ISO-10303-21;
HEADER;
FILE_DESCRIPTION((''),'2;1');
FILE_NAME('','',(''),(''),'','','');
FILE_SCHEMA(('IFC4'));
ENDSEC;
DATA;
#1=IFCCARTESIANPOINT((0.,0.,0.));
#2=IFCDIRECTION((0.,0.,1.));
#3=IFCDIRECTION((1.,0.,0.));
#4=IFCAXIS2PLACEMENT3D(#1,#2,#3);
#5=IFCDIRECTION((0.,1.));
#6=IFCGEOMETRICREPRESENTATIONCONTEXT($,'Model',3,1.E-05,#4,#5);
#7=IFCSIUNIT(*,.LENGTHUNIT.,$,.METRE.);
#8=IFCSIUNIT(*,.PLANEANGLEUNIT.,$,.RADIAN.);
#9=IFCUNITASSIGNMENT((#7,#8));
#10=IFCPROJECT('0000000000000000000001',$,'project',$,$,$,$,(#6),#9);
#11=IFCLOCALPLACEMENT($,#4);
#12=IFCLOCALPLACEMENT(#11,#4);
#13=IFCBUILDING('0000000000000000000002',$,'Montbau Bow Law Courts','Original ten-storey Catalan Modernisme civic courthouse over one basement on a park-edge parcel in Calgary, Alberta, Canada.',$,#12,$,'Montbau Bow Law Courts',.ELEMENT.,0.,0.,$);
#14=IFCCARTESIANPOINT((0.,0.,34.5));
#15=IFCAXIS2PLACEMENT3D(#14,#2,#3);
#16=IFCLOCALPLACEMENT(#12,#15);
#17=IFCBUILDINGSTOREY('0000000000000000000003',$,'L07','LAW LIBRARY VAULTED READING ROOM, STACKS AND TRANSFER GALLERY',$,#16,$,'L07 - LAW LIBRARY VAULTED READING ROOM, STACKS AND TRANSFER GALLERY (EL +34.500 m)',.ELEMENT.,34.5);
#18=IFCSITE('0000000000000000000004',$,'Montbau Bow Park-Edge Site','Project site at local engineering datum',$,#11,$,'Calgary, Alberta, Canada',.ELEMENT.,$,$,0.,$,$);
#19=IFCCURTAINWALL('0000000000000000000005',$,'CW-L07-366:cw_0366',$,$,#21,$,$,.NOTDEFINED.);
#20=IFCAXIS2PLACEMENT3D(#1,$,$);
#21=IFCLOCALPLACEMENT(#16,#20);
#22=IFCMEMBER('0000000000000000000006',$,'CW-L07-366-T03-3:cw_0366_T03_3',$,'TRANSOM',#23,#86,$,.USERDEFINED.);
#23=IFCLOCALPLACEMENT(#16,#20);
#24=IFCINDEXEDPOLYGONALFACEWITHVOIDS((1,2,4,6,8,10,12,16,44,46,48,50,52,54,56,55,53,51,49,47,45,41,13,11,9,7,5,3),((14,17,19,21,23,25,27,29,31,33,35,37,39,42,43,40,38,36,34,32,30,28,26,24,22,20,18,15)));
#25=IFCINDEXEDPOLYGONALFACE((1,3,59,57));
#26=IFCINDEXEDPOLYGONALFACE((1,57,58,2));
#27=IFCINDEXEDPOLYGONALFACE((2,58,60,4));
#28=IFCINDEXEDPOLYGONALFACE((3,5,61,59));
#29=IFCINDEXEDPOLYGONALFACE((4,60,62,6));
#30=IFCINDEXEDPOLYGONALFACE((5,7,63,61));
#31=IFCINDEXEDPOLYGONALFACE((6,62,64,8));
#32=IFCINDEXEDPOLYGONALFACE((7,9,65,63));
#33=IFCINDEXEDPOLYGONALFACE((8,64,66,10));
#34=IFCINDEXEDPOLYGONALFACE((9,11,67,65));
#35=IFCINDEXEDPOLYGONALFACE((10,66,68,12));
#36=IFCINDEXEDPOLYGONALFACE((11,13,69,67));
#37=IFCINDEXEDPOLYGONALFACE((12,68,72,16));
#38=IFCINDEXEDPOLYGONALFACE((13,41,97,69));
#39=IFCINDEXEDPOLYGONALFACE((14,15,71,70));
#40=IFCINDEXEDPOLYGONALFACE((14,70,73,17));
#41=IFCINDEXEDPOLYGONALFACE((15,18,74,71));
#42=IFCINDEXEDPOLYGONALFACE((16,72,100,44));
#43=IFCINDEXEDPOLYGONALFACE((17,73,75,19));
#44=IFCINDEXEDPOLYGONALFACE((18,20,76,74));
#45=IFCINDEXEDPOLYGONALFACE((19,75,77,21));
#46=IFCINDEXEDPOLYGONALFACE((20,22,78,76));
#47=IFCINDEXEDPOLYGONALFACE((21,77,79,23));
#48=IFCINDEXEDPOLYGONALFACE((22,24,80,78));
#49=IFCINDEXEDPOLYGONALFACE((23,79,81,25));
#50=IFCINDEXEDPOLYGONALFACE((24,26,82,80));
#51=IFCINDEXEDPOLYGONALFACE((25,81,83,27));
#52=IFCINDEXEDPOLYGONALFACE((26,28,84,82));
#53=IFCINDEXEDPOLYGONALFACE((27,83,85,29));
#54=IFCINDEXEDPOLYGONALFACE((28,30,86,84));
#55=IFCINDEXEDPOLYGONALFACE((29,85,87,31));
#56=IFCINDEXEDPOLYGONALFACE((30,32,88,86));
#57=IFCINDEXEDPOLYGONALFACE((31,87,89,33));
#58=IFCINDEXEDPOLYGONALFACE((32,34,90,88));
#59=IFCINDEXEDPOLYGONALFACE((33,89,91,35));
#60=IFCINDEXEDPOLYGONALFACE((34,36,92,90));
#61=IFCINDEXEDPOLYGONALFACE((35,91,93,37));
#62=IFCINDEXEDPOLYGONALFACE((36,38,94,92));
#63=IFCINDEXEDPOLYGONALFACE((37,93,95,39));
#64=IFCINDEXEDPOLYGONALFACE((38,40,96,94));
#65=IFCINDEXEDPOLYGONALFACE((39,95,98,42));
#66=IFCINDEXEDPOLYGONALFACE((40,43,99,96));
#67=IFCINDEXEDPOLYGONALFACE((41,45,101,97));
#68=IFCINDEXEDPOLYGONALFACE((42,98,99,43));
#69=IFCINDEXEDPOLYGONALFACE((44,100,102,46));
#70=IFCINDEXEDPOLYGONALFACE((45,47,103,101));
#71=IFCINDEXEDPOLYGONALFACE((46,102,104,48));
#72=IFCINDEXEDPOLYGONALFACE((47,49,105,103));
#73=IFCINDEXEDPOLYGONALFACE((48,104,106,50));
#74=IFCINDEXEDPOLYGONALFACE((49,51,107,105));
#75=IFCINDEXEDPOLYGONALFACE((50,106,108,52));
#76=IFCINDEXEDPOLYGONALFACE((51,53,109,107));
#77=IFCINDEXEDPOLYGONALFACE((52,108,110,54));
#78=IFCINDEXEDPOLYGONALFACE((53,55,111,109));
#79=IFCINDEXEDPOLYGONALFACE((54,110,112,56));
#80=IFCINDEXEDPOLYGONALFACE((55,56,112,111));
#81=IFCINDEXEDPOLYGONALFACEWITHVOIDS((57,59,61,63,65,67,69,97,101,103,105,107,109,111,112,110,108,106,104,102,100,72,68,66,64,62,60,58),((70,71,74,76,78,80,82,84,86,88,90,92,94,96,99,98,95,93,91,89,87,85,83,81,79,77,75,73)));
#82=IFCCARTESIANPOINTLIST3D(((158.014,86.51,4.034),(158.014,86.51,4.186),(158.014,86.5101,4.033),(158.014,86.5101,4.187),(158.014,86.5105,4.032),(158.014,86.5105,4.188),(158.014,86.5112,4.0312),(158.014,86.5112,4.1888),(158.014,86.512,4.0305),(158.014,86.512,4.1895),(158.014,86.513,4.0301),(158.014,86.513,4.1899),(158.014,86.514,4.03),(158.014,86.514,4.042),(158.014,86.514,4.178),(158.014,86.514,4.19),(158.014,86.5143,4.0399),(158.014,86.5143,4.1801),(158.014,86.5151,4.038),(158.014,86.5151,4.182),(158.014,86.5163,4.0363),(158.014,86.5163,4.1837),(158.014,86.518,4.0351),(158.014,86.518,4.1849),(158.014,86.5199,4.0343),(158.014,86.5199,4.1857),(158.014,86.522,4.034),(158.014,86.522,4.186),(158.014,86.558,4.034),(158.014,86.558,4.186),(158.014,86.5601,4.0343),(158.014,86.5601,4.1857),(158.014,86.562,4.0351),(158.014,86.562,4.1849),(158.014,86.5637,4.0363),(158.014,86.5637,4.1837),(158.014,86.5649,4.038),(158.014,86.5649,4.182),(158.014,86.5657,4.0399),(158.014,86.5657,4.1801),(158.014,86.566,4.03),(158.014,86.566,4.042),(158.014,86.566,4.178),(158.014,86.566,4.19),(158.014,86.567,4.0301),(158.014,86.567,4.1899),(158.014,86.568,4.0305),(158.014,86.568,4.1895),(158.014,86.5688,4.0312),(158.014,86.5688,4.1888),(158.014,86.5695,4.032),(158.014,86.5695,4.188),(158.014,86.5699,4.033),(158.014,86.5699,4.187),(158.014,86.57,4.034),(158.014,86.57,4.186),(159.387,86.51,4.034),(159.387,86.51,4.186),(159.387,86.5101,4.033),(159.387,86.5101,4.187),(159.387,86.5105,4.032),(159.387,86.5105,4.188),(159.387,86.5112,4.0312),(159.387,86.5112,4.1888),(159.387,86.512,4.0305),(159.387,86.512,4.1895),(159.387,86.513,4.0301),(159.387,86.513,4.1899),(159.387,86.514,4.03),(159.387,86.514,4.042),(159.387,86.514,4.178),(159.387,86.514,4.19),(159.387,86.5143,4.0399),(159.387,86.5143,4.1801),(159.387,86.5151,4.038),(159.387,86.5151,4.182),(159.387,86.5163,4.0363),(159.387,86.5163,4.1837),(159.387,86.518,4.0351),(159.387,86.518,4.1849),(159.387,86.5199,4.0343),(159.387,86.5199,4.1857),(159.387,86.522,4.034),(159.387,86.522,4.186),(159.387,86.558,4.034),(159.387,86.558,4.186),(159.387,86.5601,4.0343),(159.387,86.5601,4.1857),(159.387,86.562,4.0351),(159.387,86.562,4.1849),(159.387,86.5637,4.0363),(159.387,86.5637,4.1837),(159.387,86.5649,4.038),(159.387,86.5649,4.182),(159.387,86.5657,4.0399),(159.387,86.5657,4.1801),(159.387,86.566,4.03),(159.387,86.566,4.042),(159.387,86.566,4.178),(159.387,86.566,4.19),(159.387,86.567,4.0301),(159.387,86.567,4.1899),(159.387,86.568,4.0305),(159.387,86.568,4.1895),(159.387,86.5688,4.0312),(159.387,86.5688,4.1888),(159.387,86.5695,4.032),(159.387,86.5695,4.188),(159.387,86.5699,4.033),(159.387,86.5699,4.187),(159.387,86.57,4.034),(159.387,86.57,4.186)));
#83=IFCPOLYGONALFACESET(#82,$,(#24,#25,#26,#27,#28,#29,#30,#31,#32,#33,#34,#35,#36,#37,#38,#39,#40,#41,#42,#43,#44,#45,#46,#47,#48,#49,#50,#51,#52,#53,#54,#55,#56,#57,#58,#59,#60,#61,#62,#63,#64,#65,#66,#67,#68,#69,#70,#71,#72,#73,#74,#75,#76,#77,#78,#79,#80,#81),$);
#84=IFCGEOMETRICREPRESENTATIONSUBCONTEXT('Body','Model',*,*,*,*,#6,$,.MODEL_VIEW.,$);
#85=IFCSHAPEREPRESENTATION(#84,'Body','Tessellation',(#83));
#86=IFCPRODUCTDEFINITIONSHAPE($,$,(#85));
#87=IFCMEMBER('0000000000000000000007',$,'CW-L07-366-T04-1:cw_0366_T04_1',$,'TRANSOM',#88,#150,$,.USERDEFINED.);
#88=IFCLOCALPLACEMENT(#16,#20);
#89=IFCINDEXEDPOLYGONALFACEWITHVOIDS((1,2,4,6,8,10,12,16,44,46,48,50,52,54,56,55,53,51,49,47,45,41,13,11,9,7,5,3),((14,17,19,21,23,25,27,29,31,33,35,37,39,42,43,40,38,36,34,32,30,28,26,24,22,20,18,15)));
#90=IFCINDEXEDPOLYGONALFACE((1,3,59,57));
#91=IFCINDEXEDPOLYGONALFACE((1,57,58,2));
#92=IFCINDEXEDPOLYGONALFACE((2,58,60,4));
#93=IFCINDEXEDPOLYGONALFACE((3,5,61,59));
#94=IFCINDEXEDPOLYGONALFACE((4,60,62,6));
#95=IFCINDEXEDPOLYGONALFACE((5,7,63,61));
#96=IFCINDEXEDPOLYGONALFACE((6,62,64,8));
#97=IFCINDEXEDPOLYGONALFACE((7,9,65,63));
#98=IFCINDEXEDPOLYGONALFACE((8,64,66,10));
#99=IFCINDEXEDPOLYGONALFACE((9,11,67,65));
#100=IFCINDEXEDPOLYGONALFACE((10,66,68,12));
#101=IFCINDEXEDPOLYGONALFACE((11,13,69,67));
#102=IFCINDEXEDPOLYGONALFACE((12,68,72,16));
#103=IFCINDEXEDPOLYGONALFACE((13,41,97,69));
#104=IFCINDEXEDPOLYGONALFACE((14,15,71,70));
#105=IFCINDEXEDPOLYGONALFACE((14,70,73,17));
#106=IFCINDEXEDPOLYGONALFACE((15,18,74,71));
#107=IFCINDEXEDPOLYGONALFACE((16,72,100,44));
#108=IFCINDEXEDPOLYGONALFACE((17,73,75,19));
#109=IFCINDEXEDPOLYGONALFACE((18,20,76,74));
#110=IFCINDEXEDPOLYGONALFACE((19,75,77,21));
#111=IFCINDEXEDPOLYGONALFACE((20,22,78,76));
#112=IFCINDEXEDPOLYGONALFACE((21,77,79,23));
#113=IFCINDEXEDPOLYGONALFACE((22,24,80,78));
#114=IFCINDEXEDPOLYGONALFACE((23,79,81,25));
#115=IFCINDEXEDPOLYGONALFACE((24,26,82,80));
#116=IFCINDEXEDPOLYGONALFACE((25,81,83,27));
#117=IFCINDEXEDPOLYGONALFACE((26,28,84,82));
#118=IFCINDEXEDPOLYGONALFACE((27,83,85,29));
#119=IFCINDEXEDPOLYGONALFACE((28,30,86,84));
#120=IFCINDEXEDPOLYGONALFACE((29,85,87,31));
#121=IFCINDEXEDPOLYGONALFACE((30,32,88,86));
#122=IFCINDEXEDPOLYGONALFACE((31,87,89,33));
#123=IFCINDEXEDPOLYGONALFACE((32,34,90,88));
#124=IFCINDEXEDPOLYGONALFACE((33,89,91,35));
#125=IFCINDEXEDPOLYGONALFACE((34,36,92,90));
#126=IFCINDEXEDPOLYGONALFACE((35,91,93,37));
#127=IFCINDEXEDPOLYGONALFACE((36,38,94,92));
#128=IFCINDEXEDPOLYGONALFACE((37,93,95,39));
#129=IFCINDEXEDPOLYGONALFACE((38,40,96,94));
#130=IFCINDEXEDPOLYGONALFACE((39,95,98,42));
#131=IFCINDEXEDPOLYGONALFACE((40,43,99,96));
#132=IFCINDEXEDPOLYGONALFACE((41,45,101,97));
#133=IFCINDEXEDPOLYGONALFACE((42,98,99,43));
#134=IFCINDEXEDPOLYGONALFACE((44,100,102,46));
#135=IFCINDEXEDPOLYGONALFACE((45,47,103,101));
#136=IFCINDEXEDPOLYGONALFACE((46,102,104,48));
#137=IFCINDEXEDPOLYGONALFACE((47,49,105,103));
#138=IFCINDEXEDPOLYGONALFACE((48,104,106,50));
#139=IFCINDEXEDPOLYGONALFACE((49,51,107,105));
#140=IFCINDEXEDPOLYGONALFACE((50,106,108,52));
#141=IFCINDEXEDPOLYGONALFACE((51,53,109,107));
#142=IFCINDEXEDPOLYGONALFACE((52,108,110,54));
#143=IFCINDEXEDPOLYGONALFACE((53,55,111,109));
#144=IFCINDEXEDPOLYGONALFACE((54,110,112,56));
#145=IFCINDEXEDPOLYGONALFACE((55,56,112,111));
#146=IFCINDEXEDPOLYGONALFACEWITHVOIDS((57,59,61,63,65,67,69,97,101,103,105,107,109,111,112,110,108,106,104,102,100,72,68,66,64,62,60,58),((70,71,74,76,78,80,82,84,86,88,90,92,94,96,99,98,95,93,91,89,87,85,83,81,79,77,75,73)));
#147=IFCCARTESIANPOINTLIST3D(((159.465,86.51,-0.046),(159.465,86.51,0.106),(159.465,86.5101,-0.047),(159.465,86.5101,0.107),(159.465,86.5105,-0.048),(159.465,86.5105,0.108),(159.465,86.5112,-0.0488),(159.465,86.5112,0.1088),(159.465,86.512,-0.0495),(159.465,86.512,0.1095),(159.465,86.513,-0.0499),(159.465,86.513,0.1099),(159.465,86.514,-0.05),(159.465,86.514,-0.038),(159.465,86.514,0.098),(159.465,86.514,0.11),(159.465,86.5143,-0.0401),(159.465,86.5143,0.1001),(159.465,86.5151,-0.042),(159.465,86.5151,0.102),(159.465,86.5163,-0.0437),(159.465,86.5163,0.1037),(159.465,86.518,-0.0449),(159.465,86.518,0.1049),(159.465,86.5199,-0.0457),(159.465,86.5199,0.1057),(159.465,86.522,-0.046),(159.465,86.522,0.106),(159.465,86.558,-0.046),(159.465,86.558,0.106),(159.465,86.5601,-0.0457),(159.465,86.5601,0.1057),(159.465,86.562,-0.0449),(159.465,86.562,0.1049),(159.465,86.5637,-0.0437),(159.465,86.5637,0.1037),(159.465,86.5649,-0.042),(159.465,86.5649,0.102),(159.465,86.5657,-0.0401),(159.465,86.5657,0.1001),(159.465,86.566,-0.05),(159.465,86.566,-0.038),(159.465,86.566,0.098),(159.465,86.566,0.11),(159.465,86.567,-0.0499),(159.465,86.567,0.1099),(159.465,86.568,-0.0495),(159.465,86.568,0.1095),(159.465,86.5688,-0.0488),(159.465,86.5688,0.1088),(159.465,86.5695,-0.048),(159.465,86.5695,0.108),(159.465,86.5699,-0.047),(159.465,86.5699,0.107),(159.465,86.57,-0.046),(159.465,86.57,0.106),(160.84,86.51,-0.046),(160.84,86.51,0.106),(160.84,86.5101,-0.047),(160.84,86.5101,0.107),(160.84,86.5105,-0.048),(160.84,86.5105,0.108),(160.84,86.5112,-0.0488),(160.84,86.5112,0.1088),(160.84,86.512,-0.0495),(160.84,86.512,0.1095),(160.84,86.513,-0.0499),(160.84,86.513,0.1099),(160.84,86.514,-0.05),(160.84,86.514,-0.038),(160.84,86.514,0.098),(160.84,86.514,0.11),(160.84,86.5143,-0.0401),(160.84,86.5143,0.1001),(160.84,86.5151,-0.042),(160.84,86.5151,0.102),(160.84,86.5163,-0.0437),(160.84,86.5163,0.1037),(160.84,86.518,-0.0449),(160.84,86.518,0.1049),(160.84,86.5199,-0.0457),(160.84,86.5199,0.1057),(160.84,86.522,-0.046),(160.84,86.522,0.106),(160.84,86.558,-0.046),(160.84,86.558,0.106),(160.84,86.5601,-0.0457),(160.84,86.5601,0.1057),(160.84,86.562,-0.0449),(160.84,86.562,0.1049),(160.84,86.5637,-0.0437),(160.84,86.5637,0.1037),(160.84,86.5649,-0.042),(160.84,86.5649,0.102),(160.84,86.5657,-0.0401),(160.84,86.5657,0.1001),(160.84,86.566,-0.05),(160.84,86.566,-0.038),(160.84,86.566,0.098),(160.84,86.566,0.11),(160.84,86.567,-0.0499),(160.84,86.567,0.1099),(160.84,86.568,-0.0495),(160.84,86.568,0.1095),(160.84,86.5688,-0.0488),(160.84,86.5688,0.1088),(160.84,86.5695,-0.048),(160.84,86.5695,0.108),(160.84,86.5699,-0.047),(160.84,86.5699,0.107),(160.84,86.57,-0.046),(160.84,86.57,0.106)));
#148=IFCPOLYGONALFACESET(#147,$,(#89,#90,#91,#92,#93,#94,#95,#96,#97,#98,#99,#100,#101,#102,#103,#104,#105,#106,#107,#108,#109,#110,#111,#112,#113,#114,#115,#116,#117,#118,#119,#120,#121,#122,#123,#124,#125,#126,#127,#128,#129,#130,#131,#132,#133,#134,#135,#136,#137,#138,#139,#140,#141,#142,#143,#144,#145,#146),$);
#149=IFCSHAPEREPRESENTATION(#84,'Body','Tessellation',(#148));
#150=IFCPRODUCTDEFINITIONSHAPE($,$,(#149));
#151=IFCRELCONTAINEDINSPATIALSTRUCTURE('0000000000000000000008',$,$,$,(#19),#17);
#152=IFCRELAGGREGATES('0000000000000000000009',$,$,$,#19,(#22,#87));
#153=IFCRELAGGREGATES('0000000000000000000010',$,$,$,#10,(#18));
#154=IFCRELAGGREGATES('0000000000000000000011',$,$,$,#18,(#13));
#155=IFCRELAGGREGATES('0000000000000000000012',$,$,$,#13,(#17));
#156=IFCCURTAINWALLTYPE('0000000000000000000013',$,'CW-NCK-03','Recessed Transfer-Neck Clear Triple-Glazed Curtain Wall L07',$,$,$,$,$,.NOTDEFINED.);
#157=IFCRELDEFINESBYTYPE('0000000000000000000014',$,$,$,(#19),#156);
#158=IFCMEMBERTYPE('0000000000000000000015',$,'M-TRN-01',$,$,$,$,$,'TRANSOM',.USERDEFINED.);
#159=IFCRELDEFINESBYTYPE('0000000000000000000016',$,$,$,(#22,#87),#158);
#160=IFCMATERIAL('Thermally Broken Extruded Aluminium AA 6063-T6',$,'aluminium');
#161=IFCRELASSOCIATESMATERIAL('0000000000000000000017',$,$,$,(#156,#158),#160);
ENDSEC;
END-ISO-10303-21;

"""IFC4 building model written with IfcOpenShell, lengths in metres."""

from ifc_helpers import new_model, si_unit, direction, frame, origin_with_axes, origin_2d_with_axis, place, context, subcontext, project, spatial, hollow_rectangle, extrude, material, material_profile, profile_set, type_object, element, aggregate, save


model = new_model("IFC4")

# Units and contexts
model_context = context("Model", 3, precision=1e-05, world=origin_with_axes(), true_north=direction((0.0, 1.0)))
body_context = subcontext(model_context, "Body", "Model", "MODEL_VIEW")
ifc_project = project(units=[si_unit("LENGTHUNIT", "METRE"), si_unit("PLANEANGLEUNIT", "RADIAN")], contexts=[model_context])

# Site, building, storey
site_placement = place(None, origin_with_axes())
site = spatial("IfcSite", under=ifc_project, at=site_placement, Name="Montbau Bow Park-Edge Site", Description="Project site at local engineering datum", LongName="Calgary, Alberta, Canada", CompositionType="ELEMENT", RefElevation=0.0)
building_placement = place(site_placement, origin_with_axes())
building = spatial("IfcBuilding", under=site, at=building_placement, Name="Montbau Bow Law Courts", Description="Original ten-storey Catalan Modernisme civic courthouse over one basement on a park-edge parcel in Calgary, Alberta, Canada.", LongName="Montbau Bow Law Courts", CompositionType="ELEMENT", ElevationOfRefHeight=0.0, ElevationOfTerrain=0.0)
storey_placement = place(building_placement, frame((0.0, 0.0, 34.5), z_axis=(0.0, 0.0, 1.0), x_axis=(1.0, 0.0, 0.0)))
storey = spatial("IfcBuildingStorey", under=building, at=storey_placement, Name="L07", Description="LAW LIBRARY VAULTED READING ROOM, STACKS AND TRANSFER GALLERY", LongName="L07 - LAW LIBRARY VAULTED READING ROOM, STACKS AND TRANSFER GALLERY (EL +34.500 m)", CompositionType="ELEMENT", Elevation=34.5)

# Curtain wall
ifc_material_1 = material(Name="Thermally Broken Extruded Aluminium AA 6063-T6", Category="aluminium")
curtain_wall_type = type_object("IfcCurtainWallType", Name="CW-NCK-03", Description="Recessed Transfer-Neck Clear Triple-Glazed Curtain Wall L07", PredefinedType="NOTDEFINED", material=ifc_material_1)
curtain_wall_1_placement = place(None, frame((155.068, 86.54, 34.5), z_axis=(0.0, 0.0, 1.0), x_axis=(1.0, 0.0, 0.0)))
curtain_wall_1 = element("IfcCurtainWall", 1, at=curtain_wall_1_placement, inside=storey, type_object=curtain_wall_type, Name="CW-L07-366:cw_0366", PredefinedType="NOTDEFINED")

# Members
ifc_material_profile_1 = material_profile(ifc_material_1, hollow_rectangle(XDim=0.06, YDim=0.16, WallThickness=0.004, InnerFilletRadius=0.008, OuterFilletRadius=0.004, at=origin_2d_with_axis()), Name="CWT-160X60", Category="Main", Priority=0)
ifc_profile_set_1 = profile_set([ifc_material_profile_1], Name="Thermally Broken Extruded Aluminium AA 6063-T6")
member_type_1 = type_object("IfcMemberType", Name="M-TRN-01", ElementType="TRANSOM", PredefinedType="USERDEFINED", material=ifc_profile_set_1)
member_1_placement = place(None, frame((158.014, 86.54, 38.61), z_axis=(1.0, 0.0, 0.0), x_axis=(0.0, 1.0, 0.0)))
member_1 = element("IfcMember", 2, at=member_1_placement, type_object=member_type_1, Name="CW-L07-366-T03-3:cw_0366_T03_3", ObjectType="TRANSOM", PredefinedType="USERDEFINED", context=body_context, shape_type="SweptSolid", body=[
    extrude(hollow_rectangle(XDim=0.06, YDim=0.16, WallThickness=0.004, InnerFilletRadius=0.008, OuterFilletRadius=0.004, at=origin_2d_with_axis()), origin_with_axes(), (0.0, 0.0, 1.0), 1.373),
])
member_2_placement = place(None, frame((159.465, 86.54, 34.53), z_axis=(1.0, 0.0, 0.0), x_axis=(0.0, 1.0, 0.0)))
member_2 = element("IfcMember", 3, at=member_2_placement, type_object=member_type_1, Name="CW-L07-366-T04-1:cw_0366_T04_1", ObjectType="TRANSOM", PredefinedType="USERDEFINED", context=body_context, shape_type="SweptSolid", body=[
    extrude(hollow_rectangle(XDim=0.06, YDim=0.16, WallThickness=0.004, InnerFilletRadius=0.008, OuterFilletRadius=0.004, at=origin_2d_with_axis()), origin_with_axes(), (0.0, 0.0, 1.0), 1.375),
])

aggregate(curtain_wall_1, [member_1, member_2])

save(model, "model.ifc")
